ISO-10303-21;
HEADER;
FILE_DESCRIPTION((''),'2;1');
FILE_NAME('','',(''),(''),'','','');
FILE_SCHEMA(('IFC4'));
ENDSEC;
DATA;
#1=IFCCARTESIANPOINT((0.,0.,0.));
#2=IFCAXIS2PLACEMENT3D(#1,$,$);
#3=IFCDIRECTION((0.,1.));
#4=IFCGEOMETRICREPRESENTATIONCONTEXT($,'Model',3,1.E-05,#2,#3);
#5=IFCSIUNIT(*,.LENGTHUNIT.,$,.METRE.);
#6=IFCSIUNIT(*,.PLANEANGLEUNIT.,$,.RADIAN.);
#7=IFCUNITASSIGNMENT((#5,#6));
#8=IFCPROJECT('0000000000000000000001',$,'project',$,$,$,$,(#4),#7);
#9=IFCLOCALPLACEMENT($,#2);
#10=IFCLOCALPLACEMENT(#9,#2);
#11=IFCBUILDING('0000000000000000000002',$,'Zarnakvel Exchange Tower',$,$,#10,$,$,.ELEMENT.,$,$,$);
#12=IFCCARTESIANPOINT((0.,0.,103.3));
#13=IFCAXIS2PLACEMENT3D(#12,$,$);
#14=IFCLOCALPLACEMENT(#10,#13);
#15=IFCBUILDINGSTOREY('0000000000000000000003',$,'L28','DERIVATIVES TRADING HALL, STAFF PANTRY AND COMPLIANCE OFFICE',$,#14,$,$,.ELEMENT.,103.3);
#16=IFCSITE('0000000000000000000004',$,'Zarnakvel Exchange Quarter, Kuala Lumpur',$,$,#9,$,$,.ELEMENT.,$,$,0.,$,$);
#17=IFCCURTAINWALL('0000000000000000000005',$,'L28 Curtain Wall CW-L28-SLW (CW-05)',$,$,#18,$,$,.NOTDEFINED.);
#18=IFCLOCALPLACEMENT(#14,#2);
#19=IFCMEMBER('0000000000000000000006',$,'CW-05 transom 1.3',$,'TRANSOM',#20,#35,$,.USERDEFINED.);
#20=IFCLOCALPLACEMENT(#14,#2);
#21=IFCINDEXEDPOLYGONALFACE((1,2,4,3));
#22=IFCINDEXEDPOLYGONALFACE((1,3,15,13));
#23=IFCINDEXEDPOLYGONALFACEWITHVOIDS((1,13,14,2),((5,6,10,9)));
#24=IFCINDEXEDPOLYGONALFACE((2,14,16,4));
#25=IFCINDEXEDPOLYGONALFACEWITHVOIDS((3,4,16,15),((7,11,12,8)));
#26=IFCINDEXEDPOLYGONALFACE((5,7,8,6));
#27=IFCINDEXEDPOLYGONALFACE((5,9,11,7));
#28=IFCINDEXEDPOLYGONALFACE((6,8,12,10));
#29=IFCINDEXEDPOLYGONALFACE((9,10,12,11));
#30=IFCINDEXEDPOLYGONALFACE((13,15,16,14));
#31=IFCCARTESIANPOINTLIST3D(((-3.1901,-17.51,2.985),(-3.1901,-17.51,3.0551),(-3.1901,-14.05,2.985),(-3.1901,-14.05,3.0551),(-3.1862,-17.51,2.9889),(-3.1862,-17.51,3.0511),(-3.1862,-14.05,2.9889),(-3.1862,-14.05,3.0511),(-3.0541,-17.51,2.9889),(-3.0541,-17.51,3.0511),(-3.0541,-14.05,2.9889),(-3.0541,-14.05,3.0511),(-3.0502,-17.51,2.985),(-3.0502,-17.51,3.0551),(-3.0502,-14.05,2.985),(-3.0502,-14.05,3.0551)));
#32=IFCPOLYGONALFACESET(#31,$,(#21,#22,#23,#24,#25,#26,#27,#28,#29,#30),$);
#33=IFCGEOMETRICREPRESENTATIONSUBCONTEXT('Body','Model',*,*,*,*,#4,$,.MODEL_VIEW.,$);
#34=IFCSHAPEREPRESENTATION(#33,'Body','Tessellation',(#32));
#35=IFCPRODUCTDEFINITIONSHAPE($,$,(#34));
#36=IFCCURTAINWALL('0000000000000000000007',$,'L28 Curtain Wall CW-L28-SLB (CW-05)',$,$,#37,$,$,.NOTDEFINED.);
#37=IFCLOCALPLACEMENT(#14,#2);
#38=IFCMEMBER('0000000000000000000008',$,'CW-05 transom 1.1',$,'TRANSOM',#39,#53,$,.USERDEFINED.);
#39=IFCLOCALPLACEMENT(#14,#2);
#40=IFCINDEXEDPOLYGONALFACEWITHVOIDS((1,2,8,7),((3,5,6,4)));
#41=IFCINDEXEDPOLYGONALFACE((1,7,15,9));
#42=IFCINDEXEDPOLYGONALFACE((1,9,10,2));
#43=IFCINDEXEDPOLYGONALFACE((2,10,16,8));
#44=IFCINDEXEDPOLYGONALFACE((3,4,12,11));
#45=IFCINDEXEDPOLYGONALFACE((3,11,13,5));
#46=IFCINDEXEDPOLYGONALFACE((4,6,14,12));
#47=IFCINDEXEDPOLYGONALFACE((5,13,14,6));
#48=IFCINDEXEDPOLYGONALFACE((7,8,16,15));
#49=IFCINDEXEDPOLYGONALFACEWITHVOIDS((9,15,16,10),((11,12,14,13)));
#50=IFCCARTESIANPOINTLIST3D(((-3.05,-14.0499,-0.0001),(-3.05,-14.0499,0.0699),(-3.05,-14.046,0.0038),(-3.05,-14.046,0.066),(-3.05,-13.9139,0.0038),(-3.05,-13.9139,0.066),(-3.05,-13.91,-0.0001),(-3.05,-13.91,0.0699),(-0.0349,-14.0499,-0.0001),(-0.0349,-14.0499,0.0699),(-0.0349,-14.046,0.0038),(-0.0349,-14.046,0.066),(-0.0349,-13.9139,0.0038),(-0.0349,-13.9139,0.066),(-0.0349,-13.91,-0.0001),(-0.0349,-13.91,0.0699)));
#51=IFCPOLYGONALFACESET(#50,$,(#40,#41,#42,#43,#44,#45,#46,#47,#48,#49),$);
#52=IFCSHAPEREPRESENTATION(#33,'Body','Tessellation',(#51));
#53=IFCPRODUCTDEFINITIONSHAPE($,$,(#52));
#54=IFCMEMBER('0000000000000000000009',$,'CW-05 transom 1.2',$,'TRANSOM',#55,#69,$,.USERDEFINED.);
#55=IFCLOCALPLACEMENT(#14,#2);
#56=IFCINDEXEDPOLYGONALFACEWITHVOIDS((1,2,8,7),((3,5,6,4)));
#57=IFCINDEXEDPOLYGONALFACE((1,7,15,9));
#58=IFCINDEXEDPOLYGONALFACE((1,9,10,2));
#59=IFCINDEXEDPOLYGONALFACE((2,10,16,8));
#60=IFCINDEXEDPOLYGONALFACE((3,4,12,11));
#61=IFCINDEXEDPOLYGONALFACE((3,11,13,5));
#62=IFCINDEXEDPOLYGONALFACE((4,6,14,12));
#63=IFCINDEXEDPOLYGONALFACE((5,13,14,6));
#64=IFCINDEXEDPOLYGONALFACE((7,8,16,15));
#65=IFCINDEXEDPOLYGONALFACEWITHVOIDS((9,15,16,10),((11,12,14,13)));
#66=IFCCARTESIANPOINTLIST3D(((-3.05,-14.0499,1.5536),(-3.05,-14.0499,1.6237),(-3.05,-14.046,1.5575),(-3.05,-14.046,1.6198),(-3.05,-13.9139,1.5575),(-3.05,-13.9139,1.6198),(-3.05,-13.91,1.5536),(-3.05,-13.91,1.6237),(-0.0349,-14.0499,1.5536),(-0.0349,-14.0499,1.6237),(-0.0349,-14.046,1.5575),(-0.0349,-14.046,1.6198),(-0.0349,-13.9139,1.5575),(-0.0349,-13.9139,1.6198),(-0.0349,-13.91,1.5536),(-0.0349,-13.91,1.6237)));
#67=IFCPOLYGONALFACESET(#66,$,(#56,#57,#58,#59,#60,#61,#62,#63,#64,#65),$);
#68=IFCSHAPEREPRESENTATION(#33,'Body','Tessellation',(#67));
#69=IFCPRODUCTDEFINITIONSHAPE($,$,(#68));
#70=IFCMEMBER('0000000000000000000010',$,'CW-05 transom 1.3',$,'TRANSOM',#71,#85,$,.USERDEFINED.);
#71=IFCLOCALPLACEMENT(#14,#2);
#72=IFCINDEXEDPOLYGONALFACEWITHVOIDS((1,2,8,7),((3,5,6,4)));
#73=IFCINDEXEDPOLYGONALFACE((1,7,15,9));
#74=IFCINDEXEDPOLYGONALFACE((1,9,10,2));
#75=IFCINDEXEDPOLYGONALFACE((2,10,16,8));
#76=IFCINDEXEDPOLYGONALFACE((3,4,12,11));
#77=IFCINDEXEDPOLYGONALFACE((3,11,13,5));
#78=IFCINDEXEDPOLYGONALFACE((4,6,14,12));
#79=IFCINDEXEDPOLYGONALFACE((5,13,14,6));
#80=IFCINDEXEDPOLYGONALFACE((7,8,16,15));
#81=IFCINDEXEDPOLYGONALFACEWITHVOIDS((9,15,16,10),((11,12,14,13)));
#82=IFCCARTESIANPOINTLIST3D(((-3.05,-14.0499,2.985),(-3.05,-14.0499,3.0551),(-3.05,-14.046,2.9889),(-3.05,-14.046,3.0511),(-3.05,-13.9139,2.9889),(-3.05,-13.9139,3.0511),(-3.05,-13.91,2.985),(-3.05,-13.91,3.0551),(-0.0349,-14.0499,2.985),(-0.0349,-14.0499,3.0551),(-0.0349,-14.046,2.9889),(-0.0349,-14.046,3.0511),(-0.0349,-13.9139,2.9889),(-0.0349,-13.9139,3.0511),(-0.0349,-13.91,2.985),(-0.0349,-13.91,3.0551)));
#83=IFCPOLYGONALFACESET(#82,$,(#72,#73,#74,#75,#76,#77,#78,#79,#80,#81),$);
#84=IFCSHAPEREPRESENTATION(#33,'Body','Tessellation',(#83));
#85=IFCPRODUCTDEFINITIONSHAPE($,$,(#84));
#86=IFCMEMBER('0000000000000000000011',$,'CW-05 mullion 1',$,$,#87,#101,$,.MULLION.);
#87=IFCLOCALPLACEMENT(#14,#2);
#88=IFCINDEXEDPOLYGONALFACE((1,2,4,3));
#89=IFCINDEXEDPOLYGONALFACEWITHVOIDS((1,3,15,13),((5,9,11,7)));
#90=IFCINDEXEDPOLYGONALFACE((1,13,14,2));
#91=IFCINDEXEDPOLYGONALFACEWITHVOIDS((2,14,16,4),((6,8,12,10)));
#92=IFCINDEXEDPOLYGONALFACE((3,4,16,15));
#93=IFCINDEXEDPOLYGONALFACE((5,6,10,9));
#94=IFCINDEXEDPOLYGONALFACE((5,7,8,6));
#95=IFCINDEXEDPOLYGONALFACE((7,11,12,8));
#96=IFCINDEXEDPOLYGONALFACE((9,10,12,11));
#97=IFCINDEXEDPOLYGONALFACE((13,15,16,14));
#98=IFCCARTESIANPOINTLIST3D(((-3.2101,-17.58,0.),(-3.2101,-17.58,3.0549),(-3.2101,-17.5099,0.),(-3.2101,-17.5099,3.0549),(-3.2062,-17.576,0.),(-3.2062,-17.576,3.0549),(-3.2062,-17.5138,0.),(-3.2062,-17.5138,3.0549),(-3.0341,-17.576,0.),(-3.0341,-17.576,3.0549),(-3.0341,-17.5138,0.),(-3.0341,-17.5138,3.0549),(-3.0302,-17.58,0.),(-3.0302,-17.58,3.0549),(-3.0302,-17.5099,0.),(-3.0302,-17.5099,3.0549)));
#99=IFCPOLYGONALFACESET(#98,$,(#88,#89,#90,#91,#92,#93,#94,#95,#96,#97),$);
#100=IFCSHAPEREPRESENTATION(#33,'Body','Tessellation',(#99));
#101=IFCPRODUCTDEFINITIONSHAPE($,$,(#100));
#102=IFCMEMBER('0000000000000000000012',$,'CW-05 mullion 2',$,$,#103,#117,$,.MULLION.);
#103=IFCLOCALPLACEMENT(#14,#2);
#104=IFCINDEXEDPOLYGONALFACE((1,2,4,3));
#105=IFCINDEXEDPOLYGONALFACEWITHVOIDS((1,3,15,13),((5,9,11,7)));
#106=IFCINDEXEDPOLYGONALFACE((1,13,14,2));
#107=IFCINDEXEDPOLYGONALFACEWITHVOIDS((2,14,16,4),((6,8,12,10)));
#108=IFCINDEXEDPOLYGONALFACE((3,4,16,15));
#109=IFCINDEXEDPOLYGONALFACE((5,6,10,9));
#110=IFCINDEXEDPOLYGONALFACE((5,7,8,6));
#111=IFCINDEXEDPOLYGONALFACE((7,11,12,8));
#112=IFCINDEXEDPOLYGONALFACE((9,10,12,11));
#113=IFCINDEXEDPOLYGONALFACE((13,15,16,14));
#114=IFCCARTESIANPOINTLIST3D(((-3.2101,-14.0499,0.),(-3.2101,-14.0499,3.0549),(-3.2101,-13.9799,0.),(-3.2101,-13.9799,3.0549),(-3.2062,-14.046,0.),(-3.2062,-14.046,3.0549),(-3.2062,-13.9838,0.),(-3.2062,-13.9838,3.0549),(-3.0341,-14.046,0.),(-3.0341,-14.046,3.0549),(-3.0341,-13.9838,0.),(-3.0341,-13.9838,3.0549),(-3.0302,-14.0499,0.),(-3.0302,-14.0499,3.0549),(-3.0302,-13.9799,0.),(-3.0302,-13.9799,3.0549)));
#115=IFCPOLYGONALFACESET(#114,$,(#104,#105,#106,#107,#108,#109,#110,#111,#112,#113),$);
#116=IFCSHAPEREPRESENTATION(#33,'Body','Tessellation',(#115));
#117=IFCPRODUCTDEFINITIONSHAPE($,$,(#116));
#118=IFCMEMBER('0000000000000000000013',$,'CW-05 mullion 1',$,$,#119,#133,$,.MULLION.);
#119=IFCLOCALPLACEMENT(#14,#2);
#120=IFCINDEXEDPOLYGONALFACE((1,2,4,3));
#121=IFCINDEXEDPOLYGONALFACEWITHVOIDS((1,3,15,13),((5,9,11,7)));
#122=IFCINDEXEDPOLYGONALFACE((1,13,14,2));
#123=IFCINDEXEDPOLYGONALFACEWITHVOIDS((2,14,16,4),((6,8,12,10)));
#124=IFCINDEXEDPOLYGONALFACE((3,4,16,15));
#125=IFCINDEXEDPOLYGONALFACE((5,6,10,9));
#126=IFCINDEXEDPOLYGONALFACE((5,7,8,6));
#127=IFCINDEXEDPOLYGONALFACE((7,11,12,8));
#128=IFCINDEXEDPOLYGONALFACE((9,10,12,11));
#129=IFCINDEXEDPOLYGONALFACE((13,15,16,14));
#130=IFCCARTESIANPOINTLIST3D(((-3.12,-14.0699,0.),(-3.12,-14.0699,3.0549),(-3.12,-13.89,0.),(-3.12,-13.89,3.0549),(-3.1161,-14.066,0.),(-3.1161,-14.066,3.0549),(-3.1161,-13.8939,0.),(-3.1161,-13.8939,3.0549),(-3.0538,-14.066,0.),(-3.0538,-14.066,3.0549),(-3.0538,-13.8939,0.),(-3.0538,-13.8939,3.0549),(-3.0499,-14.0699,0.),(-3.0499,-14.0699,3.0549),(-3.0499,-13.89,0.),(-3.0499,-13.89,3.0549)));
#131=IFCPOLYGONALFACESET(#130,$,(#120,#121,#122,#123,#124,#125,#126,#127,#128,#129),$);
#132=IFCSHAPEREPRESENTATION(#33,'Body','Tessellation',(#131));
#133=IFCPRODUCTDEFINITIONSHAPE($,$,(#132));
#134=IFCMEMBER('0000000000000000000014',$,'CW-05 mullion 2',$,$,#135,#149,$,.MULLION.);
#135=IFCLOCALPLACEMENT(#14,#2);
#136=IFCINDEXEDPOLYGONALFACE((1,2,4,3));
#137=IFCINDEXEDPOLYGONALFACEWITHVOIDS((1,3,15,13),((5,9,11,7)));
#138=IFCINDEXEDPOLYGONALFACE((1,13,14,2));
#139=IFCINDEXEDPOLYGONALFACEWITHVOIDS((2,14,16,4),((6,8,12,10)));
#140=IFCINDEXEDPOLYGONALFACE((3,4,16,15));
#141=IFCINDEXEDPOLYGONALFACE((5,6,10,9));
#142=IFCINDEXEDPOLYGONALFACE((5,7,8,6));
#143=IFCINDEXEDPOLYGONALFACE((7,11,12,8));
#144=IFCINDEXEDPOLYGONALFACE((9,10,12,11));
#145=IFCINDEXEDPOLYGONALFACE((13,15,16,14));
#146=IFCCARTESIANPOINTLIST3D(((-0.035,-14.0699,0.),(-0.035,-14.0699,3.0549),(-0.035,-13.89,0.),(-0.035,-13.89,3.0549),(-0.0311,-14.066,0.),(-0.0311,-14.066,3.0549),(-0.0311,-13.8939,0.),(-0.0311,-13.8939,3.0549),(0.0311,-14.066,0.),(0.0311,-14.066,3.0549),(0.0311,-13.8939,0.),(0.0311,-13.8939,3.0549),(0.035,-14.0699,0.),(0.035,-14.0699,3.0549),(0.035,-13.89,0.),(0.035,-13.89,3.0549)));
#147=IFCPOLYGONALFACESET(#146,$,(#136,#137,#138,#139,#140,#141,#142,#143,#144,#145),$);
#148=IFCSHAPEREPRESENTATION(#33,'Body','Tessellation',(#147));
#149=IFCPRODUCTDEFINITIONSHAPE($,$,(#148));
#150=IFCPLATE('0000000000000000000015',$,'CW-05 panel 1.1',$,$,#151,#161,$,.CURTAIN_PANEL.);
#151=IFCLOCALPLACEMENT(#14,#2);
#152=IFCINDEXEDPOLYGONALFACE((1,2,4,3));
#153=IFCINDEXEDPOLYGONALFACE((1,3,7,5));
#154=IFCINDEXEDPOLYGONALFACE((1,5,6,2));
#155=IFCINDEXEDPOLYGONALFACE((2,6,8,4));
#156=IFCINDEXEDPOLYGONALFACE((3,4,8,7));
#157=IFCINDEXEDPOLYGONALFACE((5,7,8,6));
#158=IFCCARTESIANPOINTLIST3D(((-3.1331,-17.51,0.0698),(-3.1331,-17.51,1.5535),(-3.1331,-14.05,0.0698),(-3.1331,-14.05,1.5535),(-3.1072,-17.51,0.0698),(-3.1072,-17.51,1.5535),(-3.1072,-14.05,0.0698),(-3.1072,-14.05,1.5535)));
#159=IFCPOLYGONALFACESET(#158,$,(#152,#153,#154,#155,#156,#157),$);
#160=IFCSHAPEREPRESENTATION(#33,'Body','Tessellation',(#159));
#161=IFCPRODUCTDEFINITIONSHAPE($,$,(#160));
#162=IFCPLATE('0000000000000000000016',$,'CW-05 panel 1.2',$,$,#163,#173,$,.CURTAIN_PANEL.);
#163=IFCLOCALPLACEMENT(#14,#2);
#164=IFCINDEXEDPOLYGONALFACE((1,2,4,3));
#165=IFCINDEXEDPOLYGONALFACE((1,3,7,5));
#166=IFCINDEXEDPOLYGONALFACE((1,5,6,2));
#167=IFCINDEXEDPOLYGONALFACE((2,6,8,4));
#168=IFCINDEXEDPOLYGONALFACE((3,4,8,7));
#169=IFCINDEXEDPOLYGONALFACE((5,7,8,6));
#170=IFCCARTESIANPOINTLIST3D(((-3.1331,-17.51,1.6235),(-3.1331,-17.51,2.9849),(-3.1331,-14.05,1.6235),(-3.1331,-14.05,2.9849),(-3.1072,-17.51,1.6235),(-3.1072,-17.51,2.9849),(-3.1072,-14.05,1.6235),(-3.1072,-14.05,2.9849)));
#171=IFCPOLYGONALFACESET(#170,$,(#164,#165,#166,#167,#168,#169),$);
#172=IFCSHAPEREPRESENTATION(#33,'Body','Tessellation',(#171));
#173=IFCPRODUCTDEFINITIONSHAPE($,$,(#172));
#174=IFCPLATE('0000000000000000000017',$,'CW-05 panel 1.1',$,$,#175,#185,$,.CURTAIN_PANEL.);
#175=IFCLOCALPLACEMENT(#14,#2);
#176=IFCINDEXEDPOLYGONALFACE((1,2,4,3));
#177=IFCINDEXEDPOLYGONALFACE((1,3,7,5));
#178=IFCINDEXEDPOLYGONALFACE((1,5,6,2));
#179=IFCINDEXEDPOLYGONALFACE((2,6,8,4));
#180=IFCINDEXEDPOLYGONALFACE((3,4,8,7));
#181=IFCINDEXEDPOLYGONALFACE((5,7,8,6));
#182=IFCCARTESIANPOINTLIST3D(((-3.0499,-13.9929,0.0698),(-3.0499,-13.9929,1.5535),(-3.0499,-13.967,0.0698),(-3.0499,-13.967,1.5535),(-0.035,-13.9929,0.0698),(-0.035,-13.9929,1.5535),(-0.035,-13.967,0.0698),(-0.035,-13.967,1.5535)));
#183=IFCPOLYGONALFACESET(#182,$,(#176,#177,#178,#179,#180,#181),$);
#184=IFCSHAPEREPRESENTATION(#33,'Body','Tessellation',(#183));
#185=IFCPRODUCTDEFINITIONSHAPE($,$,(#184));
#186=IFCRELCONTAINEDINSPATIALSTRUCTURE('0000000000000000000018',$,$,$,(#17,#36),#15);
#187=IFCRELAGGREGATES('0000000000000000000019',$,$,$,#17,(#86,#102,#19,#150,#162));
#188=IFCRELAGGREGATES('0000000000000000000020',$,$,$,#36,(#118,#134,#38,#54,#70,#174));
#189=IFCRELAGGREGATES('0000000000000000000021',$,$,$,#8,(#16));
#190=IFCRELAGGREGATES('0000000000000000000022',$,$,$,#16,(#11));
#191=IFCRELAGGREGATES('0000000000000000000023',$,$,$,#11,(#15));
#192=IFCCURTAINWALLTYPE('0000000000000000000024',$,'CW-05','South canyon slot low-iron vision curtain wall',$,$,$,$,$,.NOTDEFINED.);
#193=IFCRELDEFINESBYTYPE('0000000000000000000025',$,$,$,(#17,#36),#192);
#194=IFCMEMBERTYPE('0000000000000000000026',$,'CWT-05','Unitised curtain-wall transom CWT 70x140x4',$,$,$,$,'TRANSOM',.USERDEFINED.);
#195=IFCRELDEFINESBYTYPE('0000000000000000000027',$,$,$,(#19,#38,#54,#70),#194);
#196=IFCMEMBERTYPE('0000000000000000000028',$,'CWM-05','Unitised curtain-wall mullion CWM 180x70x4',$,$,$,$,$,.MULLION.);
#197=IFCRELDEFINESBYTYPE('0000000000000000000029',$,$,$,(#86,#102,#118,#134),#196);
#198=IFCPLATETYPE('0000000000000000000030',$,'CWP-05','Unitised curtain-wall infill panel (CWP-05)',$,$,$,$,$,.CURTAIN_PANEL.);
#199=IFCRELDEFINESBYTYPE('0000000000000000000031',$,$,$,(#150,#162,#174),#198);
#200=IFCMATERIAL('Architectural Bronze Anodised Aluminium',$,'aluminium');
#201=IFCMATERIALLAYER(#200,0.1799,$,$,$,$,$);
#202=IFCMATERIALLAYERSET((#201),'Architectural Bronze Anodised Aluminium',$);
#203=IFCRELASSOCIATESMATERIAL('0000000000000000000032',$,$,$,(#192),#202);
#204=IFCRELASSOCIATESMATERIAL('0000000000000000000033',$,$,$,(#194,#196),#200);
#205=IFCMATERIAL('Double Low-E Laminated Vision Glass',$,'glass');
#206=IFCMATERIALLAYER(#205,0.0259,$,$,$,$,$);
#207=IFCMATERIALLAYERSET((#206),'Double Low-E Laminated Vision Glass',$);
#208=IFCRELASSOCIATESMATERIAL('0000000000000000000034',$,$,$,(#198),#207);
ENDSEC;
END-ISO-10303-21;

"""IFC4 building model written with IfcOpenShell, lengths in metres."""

from ifc_helpers import new_model, si_unit, direction, frame, origin, origin_2d, place, context, subcontext, project, spatial, rectangle, hollow_rectangle, extrude, source, transform, mapped, material, layer, layer_set, material_profile, profile_set, type_object, element, aggregate, save


model = new_model("IFC4")

# Units and contexts
model_context = context("Model", 3, precision=1e-05, world=origin(), true_north=direction((0.0, 1.0)))
body_context = subcontext(model_context, "Body", "Model", "MODEL_VIEW")
ifc_project = project(units=[si_unit("LENGTHUNIT", "METRE"), si_unit("PLANEANGLEUNIT", "RADIAN")], contexts=[model_context])

# Site, building, storey
site_placement = place(None, origin())
site = spatial("IfcSite", under=ifc_project, at=site_placement, Name="Zarnakvel Exchange Quarter, Kuala Lumpur", CompositionType="ELEMENT", RefElevation=0.0)
building_placement = place(site_placement, origin())
building = spatial("IfcBuilding", under=site, at=building_placement, Name="Zarnakvel Exchange Tower", CompositionType="ELEMENT")
storey_placement = place(building_placement, frame((0.0, 0.0, 103.3)))
storey = spatial("IfcBuildingStorey", under=building, at=storey_placement, Name="L28", Description="DERIVATIVES TRADING HALL, STAFF PANTRY AND COMPLIANCE OFFICE", CompositionType="ELEMENT", Elevation=103.3)

# Curtain walls, members
ifc_material_1 = material(Name="Architectural Bronze Anodised Aluminium", Category="aluminium")
ifc_layer_1 = layer(ifc_material_1, 0.1799)
ifc_layer_set_1 = layer_set([ifc_layer_1], Name="Architectural Bronze Anodised Aluminium")
curtain_wall_type = type_object("IfcCurtainWallType", Name="CW-05", Description="South canyon slot low-iron vision curtain wall", PredefinedType="NOTDEFINED", material=ifc_layer_set_1)
curtain_wall_1_placement = place(storey_placement, origin())
curtain_wall_1 = element("IfcCurtainWall", 1, at=curtain_wall_1_placement, inside=storey, type_object=curtain_wall_type, Name="L28 Curtain Wall CW-L28-SLW (CW-05)", PredefinedType="NOTDEFINED")
ifc_material_profile_1 = material_profile(ifc_material_1, hollow_rectangle(XDim=0.1399, YDim=0.0701, WallThickness=0.0039, at=origin_2d()))
ifc_profile_set_1 = profile_set([ifc_material_profile_1], Name="Architectural Bronze Anodised Aluminium")
member_type_1 = type_object("IfcMemberType", Name="CWT-05", Description="Unitised curtain-wall transom CWT 70x140x4", ElementType="TRANSOM", PredefinedType="USERDEFINED", material=ifc_profile_set_1)
shared_shape_1 = source(origin(), body_context, "Body", "SweptSolid", [
    extrude(hollow_rectangle(XDim=0.1399, YDim=0.0701, WallThickness=0.0039, at=origin_2d()), origin(), (0.0, 0.0, 1.0), 3.46),
])
member_1_placement = place(storey_placement, frame((-3.1201, -17.51, 3.02), z_axis=(0.0, 1.0, 0.0), x_axis=(-1.0, 0.0, 0.0)))
member_1 = element("IfcMember", 2, at=member_1_placement, type_object=member_type_1, Name="CW-05 transom 1.3", ObjectType="TRANSOM", PredefinedType="USERDEFINED", context=body_context, shape_type="MappedRepresentation", body=[
    mapped(shared_shape_1, transform((0.0, 0.0, 0.0), x_axis=(1.0, 0.0, 0.0), y_axis=(0.0, 1.0, 0.0), z_axis=(0.0, 0.0, 1.0), scale=1.0)),
])
curtain_wall_2_placement = place(storey_placement, origin())
curtain_wall_2 = element("IfcCurtainWall", 3, at=curtain_wall_2_placement, inside=storey, type_object=curtain_wall_type, Name="L28 Curtain Wall CW-L28-SLB (CW-05)", PredefinedType="NOTDEFINED")
shared_shape_2 = source(origin(), body_context, "Body", "SweptSolid", [
    extrude(hollow_rectangle(XDim=0.1399, YDim=0.0701, WallThickness=0.0039, at=origin_2d()), origin(), (0.0, 0.0, 1.0), 3.0151),
])
member_2_placement = place(storey_placement, frame((-3.05, -13.98, 0.0349), z_axis=(1.0, 0.0, 0.0), x_axis=(0.0, 1.0, 0.0)))
member_2 = element("IfcMember", 4, at=member_2_placement, type_object=member_type_1, Name="CW-05 transom 1.1", ObjectType="TRANSOM", PredefinedType="USERDEFINED", context=body_context, shape_type="MappedRepresentation", body=[
    mapped(shared_shape_2, transform((0.0, 0.0, 0.0), x_axis=(1.0, 0.0, 0.0), y_axis=(0.0, 1.0, 0.0), z_axis=(0.0, 0.0, 1.0), scale=1.0)),
])
member_3_placement = place(storey_placement, frame((-3.05, -13.98, 1.5886), z_axis=(1.0, 0.0, 0.0), x_axis=(0.0, 1.0, 0.0)))
member_3 = element("IfcMember", 5, at=member_3_placement, type_object=member_type_1, Name="CW-05 transom 1.2", ObjectType="TRANSOM", PredefinedType="USERDEFINED", context=body_context, shape_type="MappedRepresentation", body=[
    mapped(shared_shape_2, transform((0.0, 0.0, 0.0), x_axis=(1.0, 0.0, 0.0), y_axis=(0.0, 1.0, 0.0), z_axis=(0.0, 0.0, 1.0), scale=1.0)),
])
member_4_placement = place(storey_placement, frame((-3.05, -13.98, 3.02), z_axis=(1.0, 0.0, 0.0), x_axis=(0.0, 1.0, 0.0)))
member_4 = element("IfcMember", 6, at=member_4_placement, type_object=member_type_1, Name="CW-05 transom 1.3", ObjectType="TRANSOM", PredefinedType="USERDEFINED", context=body_context, shape_type="MappedRepresentation", body=[
    mapped(shared_shape_2, transform((0.0, 0.0, 0.0), x_axis=(1.0, 0.0, 0.0), y_axis=(0.0, 1.0, 0.0), z_axis=(0.0, 0.0, 1.0), scale=1.0)),
])

# Members
ifc_material_profile_2 = material_profile(ifc_material_1, hollow_rectangle(XDim=0.1799, YDim=0.0701, WallThickness=0.0039, at=origin_2d()))
ifc_profile_set_2 = profile_set([ifc_material_profile_2], Name="Architectural Bronze Anodised Aluminium")
member_type_2 = type_object("IfcMemberType", Name="CWM-05", Description="Unitised curtain-wall mullion CWM 180x70x4", PredefinedType="MULLION", material=ifc_profile_set_2)
shared_shape_3 = source(origin(), body_context, "Body", "SweptSolid", [
    extrude(hollow_rectangle(XDim=0.1799, YDim=0.0701, WallThickness=0.0039, at=origin_2d()), origin(), (0.0, 0.0, 1.0), 3.0549),
])
member_5_placement = place(storey_placement, frame((-3.1201, -17.5449, 0.0), z_axis=(0.0, 0.0, 1.0), x_axis=(-1.0, 0.0, 0.0)))
member_5 = element("IfcMember", 7, at=member_5_placement, type_object=member_type_2, Name="CW-05 mullion 1", PredefinedType="MULLION", context=body_context, shape_type="MappedRepresentation", body=[
    mapped(shared_shape_3, transform((0.0, 0.0, 0.0), x_axis=(1.0, 0.0, 0.0), y_axis=(0.0, 1.0, 0.0), z_axis=(0.0, 0.0, 1.0), scale=1.0)),
])
member_6_placement = place(storey_placement, frame((-3.1201, -14.0149, 0.0), z_axis=(0.0, 0.0, 1.0), x_axis=(-1.0, 0.0, 0.0)))
member_6 = element("IfcMember", 8, at=member_6_placement, type_object=member_type_2, Name="CW-05 mullion 2", PredefinedType="MULLION", context=body_context, shape_type="MappedRepresentation", body=[
    mapped(shared_shape_3, transform((0.0, 0.0, 0.0), x_axis=(1.0, 0.0, 0.0), y_axis=(0.0, 1.0, 0.0), z_axis=(0.0, 0.0, 1.0), scale=1.0)),
])
member_7_placement = place(storey_placement, frame((-3.085, -13.98, 0.0), z_axis=(0.0, 0.0, 1.0), x_axis=(0.0, 1.0, 0.0)))
member_7 = element("IfcMember", 9, at=member_7_placement, type_object=member_type_2, Name="CW-05 mullion 1", PredefinedType="MULLION", context=body_context, shape_type="MappedRepresentation", body=[
    mapped(shared_shape_3, transform((0.0, 0.0, 0.0), x_axis=(1.0, 0.0, 0.0), y_axis=(0.0, 1.0, 0.0), z_axis=(0.0, 0.0, 1.0), scale=1.0)),
])
member_8_placement = place(storey_placement, frame((0.0, -13.98, 0.0), z_axis=(0.0, 0.0, 1.0), x_axis=(0.0, 1.0, 0.0)))
member_8 = element("IfcMember", 10, at=member_8_placement, type_object=member_type_2, Name="CW-05 mullion 2", PredefinedType="MULLION", context=body_context, shape_type="MappedRepresentation", body=[
    mapped(shared_shape_3, transform((0.0, 0.0, 0.0), x_axis=(1.0, 0.0, 0.0), y_axis=(0.0, 1.0, 0.0), z_axis=(0.0, 0.0, 1.0), scale=1.0)),
])

# Plates
ifc_material_2 = material(Name="Double Low-E Laminated Vision Glass", Category="glass")
ifc_layer_2 = layer(ifc_material_2, 0.0259)
ifc_layer_set_2 = layer_set([ifc_layer_2], Name="Double Low-E Laminated Vision Glass")
plate_type = type_object("IfcPlateType", Name="CWP-05", Description="Unitised curtain-wall infill panel (CWP-05)", PredefinedType="CURTAIN_PANEL", material=ifc_layer_set_2)
shared_shape_4 = source(origin(), body_context, "Body", "SweptSolid", [
    extrude(rectangle(XDim=3.46, YDim=0.0259, at=origin_2d()), origin(), (0.0, 0.0, 1.0), 1.4836),
])
plate_1_placement = place(storey_placement, frame((-3.1201, -15.78, 0.0698), z_axis=(0.0, 0.0, 1.0), x_axis=(0.0, 1.0, 0.0)))
plate_1 = element("IfcPlate", 11, at=plate_1_placement, type_object=plate_type, Name="CW-05 panel 1.1", PredefinedType="CURTAIN_PANEL", context=body_context, shape_type="MappedRepresentation", body=[
    mapped(shared_shape_4, transform((0.0, 0.0, 0.0), x_axis=(1.0, 0.0, 0.0), y_axis=(0.0, 1.0, 0.0), z_axis=(0.0, 0.0, 1.0), scale=1.0)),
])
shared_shape_5 = source(origin(), body_context, "Body", "SweptSolid", [
    extrude(rectangle(XDim=3.46, YDim=0.0259, at=origin_2d()), origin(), (0.0, 0.0, 1.0), 1.3613),
])
plate_2_placement = place(storey_placement, frame((-3.1201, -15.78, 1.6235), z_axis=(0.0, 0.0, 1.0), x_axis=(0.0, 1.0, 0.0)))
plate_2 = element("IfcPlate", 12, at=plate_2_placement, type_object=plate_type, Name="CW-05 panel 1.2", PredefinedType="CURTAIN_PANEL", context=body_context, shape_type="MappedRepresentation", body=[
    mapped(shared_shape_5, transform((0.0, 0.0, 0.0), x_axis=(1.0, 0.0, 0.0), y_axis=(0.0, 1.0, 0.0), z_axis=(0.0, 0.0, 1.0), scale=1.0)),
])
aggregate(curtain_wall_1, [member_5, member_6, member_1, plate_1, plate_2])
shared_shape_6 = source(origin(), body_context, "Body", "SweptSolid", [
    extrude(rectangle(XDim=3.0149, YDim=0.0259, at=origin_2d()), origin(), (0.0, 0.0, 1.0), 1.4836),
])
plate_3_placement = place(storey_placement, frame((-1.5425, -13.98, 0.0698), z_axis=(0.0, 0.0, 1.0), x_axis=(1.0, 0.0, 0.0)))
plate_3 = element("IfcPlate", 13, at=plate_3_placement, type_object=plate_type, Name="CW-05 panel 1.1", PredefinedType="CURTAIN_PANEL", context=body_context, shape_type="MappedRepresentation", body=[
    mapped(shared_shape_6, transform((0.0, 0.0, 0.0), x_axis=(1.0, 0.0, 0.0), y_axis=(0.0, 1.0, 0.0), z_axis=(0.0, 0.0, 1.0), scale=1.0)),
])
aggregate(curtain_wall_2, [member_7, member_8, member_2, member_3, member_4, plate_3])

save(model, "model.ifc")
